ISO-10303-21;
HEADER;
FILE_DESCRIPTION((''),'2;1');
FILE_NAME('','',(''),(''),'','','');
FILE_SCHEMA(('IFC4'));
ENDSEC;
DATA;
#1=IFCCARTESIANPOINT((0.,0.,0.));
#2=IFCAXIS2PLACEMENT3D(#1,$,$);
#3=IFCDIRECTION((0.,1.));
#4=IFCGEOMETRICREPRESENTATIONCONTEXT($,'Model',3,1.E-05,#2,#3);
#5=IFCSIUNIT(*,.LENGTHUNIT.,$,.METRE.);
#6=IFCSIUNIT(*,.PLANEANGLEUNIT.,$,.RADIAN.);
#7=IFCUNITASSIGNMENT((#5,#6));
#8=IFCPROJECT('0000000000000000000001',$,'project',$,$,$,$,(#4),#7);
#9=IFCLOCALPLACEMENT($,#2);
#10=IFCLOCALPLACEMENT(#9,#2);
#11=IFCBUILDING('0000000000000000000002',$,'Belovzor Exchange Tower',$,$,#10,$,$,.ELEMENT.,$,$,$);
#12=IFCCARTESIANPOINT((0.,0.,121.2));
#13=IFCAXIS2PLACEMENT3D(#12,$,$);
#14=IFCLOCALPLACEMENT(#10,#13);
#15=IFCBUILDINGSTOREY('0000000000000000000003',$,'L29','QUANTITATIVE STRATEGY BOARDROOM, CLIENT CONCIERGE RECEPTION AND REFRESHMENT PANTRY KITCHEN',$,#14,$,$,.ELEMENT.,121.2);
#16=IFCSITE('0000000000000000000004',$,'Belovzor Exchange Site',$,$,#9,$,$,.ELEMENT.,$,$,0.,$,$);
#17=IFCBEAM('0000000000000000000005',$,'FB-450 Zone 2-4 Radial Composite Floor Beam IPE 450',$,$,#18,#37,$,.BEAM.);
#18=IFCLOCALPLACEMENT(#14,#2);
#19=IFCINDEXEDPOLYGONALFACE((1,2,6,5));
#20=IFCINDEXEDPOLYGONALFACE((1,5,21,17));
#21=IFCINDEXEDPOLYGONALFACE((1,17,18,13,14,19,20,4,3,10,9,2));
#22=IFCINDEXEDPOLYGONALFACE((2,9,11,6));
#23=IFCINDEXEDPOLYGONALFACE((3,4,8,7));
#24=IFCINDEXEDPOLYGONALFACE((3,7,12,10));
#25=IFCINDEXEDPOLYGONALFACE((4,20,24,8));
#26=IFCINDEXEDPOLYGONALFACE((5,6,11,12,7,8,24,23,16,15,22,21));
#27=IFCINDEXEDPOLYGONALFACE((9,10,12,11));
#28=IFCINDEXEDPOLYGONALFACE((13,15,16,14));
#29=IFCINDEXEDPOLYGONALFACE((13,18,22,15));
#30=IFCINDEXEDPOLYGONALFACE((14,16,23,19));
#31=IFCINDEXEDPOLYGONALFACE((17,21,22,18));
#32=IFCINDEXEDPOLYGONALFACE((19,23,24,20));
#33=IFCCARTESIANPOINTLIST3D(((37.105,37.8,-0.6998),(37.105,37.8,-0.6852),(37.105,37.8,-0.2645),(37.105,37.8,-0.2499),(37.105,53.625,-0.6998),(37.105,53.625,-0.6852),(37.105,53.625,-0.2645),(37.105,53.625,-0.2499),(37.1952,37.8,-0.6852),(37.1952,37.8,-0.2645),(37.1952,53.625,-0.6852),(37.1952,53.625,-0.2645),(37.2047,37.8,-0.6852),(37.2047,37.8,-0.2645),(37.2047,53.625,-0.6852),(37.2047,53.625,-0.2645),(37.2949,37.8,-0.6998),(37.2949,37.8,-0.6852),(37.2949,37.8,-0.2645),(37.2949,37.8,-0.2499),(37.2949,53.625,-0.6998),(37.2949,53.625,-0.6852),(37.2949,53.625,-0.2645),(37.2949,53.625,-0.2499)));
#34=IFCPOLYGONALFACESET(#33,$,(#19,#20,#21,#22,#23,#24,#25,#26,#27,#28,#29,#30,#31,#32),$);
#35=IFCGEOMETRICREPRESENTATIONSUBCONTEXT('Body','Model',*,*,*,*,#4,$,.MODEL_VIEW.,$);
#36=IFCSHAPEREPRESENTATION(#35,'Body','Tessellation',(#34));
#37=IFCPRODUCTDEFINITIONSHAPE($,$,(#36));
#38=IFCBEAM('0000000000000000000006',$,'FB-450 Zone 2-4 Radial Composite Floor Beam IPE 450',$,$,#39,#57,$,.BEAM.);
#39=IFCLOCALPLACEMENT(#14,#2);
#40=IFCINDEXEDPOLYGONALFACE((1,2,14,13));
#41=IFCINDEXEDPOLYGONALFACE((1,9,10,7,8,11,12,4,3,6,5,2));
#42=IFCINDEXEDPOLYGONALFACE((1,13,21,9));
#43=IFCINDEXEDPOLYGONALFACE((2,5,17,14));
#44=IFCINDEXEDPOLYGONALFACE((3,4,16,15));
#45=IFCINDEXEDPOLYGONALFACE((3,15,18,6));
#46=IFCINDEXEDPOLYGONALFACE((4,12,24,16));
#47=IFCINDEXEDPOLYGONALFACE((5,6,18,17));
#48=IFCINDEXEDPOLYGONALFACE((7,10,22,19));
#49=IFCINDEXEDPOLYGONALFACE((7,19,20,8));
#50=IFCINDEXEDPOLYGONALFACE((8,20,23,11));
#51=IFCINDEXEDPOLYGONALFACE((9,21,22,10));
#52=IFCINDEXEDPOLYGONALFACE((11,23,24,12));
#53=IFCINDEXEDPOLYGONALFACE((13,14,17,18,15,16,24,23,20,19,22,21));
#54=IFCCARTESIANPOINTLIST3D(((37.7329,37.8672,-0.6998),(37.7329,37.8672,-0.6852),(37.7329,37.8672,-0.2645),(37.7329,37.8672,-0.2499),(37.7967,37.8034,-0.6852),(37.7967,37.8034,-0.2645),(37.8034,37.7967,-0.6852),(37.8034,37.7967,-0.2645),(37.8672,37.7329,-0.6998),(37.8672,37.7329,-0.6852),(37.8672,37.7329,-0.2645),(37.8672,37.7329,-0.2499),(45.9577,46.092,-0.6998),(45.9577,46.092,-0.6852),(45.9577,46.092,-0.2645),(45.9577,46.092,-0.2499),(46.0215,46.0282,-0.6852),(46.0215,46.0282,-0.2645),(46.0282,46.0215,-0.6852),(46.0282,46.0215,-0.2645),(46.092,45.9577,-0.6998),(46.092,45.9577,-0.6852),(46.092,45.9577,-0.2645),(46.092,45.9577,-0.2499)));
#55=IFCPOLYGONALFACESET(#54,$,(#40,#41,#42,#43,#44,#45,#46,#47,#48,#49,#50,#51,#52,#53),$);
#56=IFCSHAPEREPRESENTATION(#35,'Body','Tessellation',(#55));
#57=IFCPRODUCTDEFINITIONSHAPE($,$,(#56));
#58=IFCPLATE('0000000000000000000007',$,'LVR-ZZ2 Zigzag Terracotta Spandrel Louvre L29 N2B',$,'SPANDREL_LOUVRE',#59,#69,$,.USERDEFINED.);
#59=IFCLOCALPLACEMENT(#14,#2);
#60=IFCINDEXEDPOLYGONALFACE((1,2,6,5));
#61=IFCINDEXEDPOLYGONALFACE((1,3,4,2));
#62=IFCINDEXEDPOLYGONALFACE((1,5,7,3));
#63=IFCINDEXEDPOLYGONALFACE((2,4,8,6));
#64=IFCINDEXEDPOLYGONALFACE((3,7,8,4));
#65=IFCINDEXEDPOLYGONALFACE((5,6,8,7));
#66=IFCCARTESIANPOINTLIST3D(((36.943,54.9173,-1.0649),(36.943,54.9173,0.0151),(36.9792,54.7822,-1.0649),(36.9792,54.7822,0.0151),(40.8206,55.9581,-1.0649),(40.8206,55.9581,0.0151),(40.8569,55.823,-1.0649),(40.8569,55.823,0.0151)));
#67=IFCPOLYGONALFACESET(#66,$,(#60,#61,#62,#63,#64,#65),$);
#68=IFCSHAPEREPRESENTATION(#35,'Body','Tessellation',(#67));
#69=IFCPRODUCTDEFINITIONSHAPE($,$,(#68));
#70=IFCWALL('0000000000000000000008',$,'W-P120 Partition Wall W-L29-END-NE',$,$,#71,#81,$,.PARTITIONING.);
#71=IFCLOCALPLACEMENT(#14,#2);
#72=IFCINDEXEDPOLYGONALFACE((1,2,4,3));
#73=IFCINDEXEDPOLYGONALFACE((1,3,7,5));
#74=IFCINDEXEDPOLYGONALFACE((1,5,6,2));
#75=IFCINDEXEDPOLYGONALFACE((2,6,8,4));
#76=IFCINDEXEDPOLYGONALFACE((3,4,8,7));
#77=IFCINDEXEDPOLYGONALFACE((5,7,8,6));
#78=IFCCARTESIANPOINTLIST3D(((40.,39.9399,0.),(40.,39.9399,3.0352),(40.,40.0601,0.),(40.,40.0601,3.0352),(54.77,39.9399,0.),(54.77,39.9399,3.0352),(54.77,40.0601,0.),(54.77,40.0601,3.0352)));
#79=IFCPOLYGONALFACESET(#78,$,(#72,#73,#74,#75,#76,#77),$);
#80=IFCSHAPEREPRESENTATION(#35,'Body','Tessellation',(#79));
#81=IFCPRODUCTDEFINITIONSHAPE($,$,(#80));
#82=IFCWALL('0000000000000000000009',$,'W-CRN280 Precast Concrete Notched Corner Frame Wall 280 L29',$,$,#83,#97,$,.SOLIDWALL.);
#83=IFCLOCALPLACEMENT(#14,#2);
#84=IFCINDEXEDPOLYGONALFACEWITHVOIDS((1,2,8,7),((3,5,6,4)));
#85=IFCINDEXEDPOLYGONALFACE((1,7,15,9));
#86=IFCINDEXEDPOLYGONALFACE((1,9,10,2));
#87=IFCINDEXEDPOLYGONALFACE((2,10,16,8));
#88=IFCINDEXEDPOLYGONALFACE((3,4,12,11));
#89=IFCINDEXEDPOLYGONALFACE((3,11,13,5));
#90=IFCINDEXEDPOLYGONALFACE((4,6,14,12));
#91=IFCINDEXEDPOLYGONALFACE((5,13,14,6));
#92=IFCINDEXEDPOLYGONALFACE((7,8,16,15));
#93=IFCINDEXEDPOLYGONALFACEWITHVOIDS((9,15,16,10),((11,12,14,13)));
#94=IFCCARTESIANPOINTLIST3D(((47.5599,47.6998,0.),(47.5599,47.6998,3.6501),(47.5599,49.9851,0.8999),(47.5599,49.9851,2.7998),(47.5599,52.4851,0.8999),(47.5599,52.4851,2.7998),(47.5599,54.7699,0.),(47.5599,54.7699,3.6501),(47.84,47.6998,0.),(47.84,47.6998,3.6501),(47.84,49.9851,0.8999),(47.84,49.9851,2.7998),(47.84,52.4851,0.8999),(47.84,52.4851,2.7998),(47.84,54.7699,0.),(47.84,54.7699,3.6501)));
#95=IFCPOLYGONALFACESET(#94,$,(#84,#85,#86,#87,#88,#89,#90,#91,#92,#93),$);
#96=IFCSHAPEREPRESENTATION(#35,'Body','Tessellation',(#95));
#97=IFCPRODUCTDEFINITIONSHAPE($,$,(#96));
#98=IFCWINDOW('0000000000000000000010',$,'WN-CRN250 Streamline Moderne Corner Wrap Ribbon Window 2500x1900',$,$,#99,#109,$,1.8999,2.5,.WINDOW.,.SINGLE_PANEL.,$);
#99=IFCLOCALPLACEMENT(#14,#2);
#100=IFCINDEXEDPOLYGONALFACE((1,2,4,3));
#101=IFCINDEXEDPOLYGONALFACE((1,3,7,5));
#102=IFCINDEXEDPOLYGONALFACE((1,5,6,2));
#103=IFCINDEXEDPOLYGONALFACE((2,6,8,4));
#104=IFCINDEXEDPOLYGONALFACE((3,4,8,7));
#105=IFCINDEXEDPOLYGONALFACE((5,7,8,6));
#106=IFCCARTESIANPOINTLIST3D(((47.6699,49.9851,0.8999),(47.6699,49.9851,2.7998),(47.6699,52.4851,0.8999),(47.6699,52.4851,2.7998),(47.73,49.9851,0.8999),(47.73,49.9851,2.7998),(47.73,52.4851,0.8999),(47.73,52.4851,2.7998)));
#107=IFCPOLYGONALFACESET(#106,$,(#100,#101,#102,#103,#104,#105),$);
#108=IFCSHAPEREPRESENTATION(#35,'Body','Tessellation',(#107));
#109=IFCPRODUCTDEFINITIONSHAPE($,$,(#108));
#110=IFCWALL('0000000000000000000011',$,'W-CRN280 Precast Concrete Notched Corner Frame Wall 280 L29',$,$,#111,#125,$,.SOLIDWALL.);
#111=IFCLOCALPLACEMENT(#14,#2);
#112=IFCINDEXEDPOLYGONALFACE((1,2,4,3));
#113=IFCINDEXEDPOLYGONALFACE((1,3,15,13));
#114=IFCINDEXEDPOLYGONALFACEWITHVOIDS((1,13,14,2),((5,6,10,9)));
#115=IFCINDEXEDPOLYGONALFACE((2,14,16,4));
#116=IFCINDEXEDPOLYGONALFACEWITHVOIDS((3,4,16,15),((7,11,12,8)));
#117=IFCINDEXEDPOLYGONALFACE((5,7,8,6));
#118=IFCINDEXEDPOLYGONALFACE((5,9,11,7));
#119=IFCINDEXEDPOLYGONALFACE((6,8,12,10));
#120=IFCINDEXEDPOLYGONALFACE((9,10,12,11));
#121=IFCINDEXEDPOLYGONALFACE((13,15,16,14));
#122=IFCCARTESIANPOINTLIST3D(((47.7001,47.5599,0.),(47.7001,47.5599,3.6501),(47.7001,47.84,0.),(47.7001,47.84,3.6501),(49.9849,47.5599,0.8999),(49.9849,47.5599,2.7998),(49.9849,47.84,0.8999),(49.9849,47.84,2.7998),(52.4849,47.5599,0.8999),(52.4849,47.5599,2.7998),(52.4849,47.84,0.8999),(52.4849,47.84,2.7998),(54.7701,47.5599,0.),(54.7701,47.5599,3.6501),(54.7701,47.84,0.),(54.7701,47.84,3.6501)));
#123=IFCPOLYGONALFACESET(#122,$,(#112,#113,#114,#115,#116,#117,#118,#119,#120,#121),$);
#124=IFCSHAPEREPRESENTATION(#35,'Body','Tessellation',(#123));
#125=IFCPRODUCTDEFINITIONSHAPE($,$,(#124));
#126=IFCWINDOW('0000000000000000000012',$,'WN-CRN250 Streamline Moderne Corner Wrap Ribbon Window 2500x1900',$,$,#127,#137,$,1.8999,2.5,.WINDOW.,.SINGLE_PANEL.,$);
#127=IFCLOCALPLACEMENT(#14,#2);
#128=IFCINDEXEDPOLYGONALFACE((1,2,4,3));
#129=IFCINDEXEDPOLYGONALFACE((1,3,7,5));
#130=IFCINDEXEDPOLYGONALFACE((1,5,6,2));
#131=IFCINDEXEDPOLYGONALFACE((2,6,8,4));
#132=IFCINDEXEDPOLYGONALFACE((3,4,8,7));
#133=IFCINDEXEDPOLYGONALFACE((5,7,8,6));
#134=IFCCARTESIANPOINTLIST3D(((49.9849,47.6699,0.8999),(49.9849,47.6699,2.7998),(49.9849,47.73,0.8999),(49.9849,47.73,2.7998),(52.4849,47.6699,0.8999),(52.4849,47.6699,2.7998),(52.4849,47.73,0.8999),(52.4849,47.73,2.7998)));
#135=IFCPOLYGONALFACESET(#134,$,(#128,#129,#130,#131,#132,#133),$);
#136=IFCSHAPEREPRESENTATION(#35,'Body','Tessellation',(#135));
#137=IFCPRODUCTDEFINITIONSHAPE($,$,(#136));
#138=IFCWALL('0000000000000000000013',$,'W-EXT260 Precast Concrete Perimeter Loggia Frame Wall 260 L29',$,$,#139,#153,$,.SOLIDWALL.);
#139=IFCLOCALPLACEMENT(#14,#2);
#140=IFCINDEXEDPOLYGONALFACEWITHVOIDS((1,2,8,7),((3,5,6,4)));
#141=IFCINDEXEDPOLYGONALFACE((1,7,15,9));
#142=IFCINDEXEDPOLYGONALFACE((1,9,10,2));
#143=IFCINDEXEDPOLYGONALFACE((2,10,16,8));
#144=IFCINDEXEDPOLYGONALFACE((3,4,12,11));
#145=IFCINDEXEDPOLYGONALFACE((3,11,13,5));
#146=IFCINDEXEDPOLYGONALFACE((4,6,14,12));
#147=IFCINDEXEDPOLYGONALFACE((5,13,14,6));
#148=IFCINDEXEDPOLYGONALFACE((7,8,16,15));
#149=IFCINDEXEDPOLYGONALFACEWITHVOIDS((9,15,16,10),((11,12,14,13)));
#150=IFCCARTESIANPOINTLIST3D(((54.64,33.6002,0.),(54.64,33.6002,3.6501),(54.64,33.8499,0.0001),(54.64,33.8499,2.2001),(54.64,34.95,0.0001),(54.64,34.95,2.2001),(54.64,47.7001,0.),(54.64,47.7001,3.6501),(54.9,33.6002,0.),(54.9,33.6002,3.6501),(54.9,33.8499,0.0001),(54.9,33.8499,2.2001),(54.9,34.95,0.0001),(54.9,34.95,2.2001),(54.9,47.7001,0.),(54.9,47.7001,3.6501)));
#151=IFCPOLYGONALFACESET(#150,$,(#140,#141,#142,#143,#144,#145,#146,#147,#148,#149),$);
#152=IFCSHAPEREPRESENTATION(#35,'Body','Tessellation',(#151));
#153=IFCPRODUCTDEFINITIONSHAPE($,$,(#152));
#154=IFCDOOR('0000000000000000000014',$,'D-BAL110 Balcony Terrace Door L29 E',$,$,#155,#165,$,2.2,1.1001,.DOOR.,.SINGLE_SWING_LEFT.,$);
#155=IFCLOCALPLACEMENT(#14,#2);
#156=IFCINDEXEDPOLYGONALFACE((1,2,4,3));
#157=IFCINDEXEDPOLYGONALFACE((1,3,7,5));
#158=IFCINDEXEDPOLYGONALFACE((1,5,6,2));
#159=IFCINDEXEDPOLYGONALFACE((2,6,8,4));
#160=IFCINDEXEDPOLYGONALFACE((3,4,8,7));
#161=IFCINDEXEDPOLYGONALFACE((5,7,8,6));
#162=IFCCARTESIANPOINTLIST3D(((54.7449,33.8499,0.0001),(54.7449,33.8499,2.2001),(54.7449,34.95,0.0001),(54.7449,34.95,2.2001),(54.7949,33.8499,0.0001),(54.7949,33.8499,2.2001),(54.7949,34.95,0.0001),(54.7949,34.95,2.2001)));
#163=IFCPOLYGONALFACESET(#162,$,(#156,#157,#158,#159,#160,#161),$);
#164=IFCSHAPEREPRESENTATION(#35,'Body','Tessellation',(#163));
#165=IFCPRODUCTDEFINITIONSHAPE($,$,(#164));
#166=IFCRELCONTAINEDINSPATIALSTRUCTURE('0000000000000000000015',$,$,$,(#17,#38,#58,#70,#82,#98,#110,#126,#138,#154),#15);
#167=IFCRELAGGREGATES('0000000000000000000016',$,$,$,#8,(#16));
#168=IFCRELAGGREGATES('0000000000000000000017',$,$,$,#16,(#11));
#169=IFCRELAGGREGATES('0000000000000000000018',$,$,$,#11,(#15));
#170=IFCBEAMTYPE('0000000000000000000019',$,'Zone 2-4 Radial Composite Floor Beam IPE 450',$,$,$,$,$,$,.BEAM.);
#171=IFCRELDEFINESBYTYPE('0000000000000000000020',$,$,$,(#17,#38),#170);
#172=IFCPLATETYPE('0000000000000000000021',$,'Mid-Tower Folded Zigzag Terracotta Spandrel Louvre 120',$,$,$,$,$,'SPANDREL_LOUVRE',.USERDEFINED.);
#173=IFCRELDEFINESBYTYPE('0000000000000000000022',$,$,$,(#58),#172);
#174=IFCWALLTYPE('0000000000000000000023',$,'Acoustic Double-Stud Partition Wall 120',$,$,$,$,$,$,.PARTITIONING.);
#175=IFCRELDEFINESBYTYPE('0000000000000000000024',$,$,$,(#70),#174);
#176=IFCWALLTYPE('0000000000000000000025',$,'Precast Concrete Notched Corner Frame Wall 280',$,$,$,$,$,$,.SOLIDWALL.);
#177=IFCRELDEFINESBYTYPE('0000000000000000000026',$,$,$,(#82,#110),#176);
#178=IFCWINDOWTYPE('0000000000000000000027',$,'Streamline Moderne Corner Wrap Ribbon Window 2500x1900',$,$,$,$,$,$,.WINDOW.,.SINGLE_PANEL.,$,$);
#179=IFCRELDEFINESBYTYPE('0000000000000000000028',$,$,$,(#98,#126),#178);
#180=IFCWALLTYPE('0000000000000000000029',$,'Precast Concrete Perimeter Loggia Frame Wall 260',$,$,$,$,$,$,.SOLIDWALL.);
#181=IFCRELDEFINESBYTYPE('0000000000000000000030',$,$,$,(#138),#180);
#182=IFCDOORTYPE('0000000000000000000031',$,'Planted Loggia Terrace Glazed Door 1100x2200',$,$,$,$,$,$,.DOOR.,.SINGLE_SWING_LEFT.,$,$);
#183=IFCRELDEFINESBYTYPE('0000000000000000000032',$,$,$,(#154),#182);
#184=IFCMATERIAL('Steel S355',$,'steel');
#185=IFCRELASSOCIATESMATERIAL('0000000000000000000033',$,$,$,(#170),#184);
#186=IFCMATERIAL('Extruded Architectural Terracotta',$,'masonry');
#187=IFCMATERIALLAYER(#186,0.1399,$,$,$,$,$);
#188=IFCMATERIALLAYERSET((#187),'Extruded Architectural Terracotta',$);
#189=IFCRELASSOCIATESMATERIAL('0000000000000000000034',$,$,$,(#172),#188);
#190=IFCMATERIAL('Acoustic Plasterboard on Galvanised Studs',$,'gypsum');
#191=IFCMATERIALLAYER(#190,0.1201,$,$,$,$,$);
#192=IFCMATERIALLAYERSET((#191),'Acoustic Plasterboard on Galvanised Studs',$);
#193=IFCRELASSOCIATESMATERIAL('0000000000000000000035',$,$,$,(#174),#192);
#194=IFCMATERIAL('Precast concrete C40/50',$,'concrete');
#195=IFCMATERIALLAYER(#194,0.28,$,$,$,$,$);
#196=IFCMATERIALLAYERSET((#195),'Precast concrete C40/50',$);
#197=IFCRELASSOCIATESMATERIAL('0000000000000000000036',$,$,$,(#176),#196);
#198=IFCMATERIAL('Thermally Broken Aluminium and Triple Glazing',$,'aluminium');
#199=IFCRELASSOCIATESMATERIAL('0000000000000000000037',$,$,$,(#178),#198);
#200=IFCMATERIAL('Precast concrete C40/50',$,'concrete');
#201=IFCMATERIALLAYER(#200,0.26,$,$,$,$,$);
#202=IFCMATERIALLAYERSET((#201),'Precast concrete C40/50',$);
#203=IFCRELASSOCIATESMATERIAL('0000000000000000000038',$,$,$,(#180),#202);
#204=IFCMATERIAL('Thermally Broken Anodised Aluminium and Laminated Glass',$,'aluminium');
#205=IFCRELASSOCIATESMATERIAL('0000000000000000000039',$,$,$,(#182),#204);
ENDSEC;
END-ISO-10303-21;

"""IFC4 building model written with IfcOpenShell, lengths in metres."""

from ifc_helpers import new_model, si_unit, direction, frame, frame_2d, origin, origin_2d, place, context, subcontext, project, spatial, rectangle, i_section, extrude, material, layer, layer_set, material_profile, profile_set, type_object, element, fill, save


model = new_model("IFC4")

# Units and contexts
model_context = context("Model", 3, precision=1e-05, world=origin(), true_north=direction((0.0, 1.0)))
body_context = subcontext(model_context, "Body", "Model", "MODEL_VIEW")
ifc_project = project(units=[si_unit("LENGTHUNIT", "METRE"), si_unit("PLANEANGLEUNIT", "RADIAN")], contexts=[model_context])

# Site, building, storey
site_placement = place(None, origin())
site = spatial("IfcSite", under=ifc_project, at=site_placement, Name="Belovzor Exchange Site", CompositionType="ELEMENT", RefElevation=0.0)
building_placement = place(site_placement, origin())
building = spatial("IfcBuilding", under=site, at=building_placement, Name="Belovzor Exchange Tower", CompositionType="ELEMENT")
storey_placement = place(building_placement, frame((0.0, 0.0, 121.2)))
storey = spatial("IfcBuildingStorey", under=building, at=storey_placement, Name="L29", Description="QUANTITATIVE STRATEGY BOARDROOM, CLIENT CONCIERGE RECEPTION AND REFRESHMENT PANTRY KITCHEN", CompositionType="ELEMENT", Elevation=121.2)

# Beams
ifc_material_1 = material(Name="Steel S355", Category="steel")
ifc_material_profile_1 = material_profile(ifc_material_1, i_section(OverallWidth=0.1899, OverallDepth=0.45, WebThickness=0.0095, FlangeThickness=0.0146, at=origin_2d()))
ifc_profile_set_1 = profile_set([ifc_material_profile_1], Name="Steel S355")
beam_type_1 = type_object("IfcBeamType", Name="Zone 2-4 Radial Composite Floor Beam IPE 450", PredefinedType="BEAM", material=ifc_profile_set_1)
beam_1_placement = place(storey_placement, frame((37.2, 37.8, -0.4749), z_axis=(0.0, 1.0, 0.0), x_axis=(-1.0, 0.0, 0.0)))
element("IfcBeam", 1, at=beam_1_placement, inside=storey, type_object=beam_type_1, Name="FB-450 Zone 2-4 Radial Composite Floor Beam IPE 450", PredefinedType="BEAM", context=body_context, shape_type="SweptSolid", body=[
    extrude(i_section(OverallWidth=0.1899, OverallDepth=0.45, WebThickness=0.0095, FlangeThickness=0.0146, at=origin_2d()), origin(), (0.0, 0.0, 1.0), 15.825),
])
beam_2_placement = place(storey_placement, frame((37.8, 37.8, -0.4749), z_axis=(0.707107, 0.707107, 0.0), x_axis=(-0.707107, 0.707107, 0.0)))
element("IfcBeam", 2, at=beam_2_placement, inside=storey, type_object=beam_type_1, Name="FB-450 Zone 2-4 Radial Composite Floor Beam IPE 450", PredefinedType="BEAM", context=body_context, shape_type="SweptSolid", body=[
    extrude(i_section(OverallWidth=0.1899, OverallDepth=0.45, WebThickness=0.0095, FlangeThickness=0.0146, at=origin_2d()), origin(), (0.0, 0.0, 1.0), 11.6316),
])

# Plate
ifc_material_2 = material(Name="Extruded Architectural Terracotta", Category="masonry")
ifc_layer_1 = layer(ifc_material_2, 0.1399)
ifc_layer_set_1 = layer_set([ifc_layer_1], Name="Extruded Architectural Terracotta")
plate_type = type_object("IfcPlateType", Name="Mid-Tower Folded Zigzag Terracotta Spandrel Louvre 120", ElementType="SPANDREL_LOUVRE", PredefinedType="USERDEFINED", material=ifc_layer_set_1)
plate_placement = place(storey_placement, frame((38.8999, 55.3701, -1.0649), z_axis=(0.0, 0.0, 1.0), x_axis=(0.965813, 0.25924, 0.0)))
element("IfcPlate", 3, at=plate_placement, inside=storey, type_object=plate_type, Name="LVR-ZZ2 Zigzag Terracotta Spandrel Louvre L29 N2B", ObjectType="SPANDREL_LOUVRE", PredefinedType="USERDEFINED", context=body_context, shape_type="SweptSolid", body=[
    extrude(rectangle(XDim=4.0149, YDim=0.1399, at=origin_2d()), origin(), (0.0, 0.0, 1.0), 1.0801),
])

# Wall
ifc_material_3 = material(Name="Acoustic Plasterboard on Galvanised Studs", Category="gypsum")
ifc_layer_2 = layer(ifc_material_3, 0.1201)
ifc_layer_set_2 = layer_set([ifc_layer_2], Name="Acoustic Plasterboard on Galvanised Studs")
wall_type_1 = type_object("IfcWallType", Name="Acoustic Double-Stud Partition Wall 120", PredefinedType="PARTITIONING", material=ifc_layer_set_2)
wall_1_placement = place(storey_placement, frame((40.0, 40.0, 0.0), z_axis=(0.0, 0.0, 1.0), x_axis=(1.0, 0.0, 0.0)))
element("IfcWall", 4, at=wall_1_placement, inside=storey, type_object=wall_type_1, Name="W-P120 Partition Wall W-L29-END-NE", PredefinedType="PARTITIONING", context=body_context, shape_type="SweptSolid", body=[
    extrude(rectangle(XDim=14.77, YDim=0.1201, at=frame_2d((7.385, 0.0))), origin(), (0.0, 0.0, 1.0), 3.0352),
])

# Walls, openings, windows
ifc_material_4 = material(Name="Precast concrete C40/50", Category="concrete")
ifc_layer_3 = layer(ifc_material_4, 0.28)
ifc_layer_set_3 = layer_set([ifc_layer_3], Name="Precast concrete C40/50")
wall_type_2 = type_object("IfcWallType", Name="Precast Concrete Notched Corner Frame Wall 280", PredefinedType="SOLIDWALL", material=ifc_layer_set_3)
wall_2_placement = place(storey_placement, frame((47.7, 54.77, 0.0), z_axis=(0.0, 0.0, 1.0), x_axis=(0.0, -1.0, 0.0)))
wall_2 = element("IfcWall", 5, at=wall_2_placement, inside=storey, type_object=wall_type_2, Name="W-CRN280 Precast Concrete Notched Corner Frame Wall 280 L29", PredefinedType="SOLIDWALL", context=body_context, shape_type="SweptSolid", body=[
    extrude(rectangle(XDim=7.0701, YDim=0.28, at=frame_2d((3.5352, 0.0))), origin(), (0.0, 0.0, 1.0), 3.6501),
])
opening_1_placement = place(wall_2_placement, frame((2.2849, 0.0, 0.8999)))
opening_1 = element("IfcOpeningElement", 6, at=opening_1_placement, cuts=wall_2, PredefinedType="OPENING", context=body_context, shape_type="SweptSolid", body=[
    extrude(rectangle(XDim=2.5, YDim=1.8999, at=frame_2d((1.25, 0.95))), frame((0.0, 0.1499, 0.0), z_axis=(0.0, -1.0, 0.0), x_axis=(1.0, 0.0, 0.0)), (0.0, 0.0, 1.0), 0.3),
])
ifc_material_5 = material(Name="Thermally Broken Aluminium and Triple Glazing", Category="aluminium")
window_type = type_object("IfcWindowType", Name="Streamline Moderne Corner Wrap Ribbon Window 2500x1900", PartitioningType="SINGLE_PANEL", PredefinedType="WINDOW", material=ifc_material_5)
window_1_placement = place(opening_1_placement, origin())
window_1 = element("IfcWindow", 7, at=window_1_placement, inside=storey, type_object=window_type, Name="WN-CRN250 Streamline Moderne Corner Wrap Ribbon Window 2500x1900", OverallHeight=1.8999, OverallWidth=2.5, PartitioningType="SINGLE_PANEL", PredefinedType="WINDOW", context=body_context, shape_type="SweptSolid", body=[
    extrude(rectangle(XDim=2.5, YDim=1.8999, at=frame_2d((1.25, 0.95))), frame((0.0, 0.03, 0.0), z_axis=(0.0, -1.0, 0.0), x_axis=(1.0, 0.0, 0.0)), (0.0, 0.0, 1.0), 0.0601),
])
fill(opening_1, window_1)
wall_3_placement = place(storey_placement, frame((47.7, 47.7, 0.0), z_axis=(0.0, 0.0, 1.0), x_axis=(1.0, 0.0, 0.0)))
wall_3 = element("IfcWall", 8, at=wall_3_placement, inside=storey, type_object=wall_type_2, Name="W-CRN280 Precast Concrete Notched Corner Frame Wall 280 L29", PredefinedType="SOLIDWALL", context=body_context, shape_type="SweptSolid", body=[
    extrude(rectangle(XDim=7.0701, YDim=0.28, at=frame_2d((3.5352, 0.0))), origin(), (0.0, 0.0, 1.0), 3.6501),
])
opening_2_placement = place(wall_3_placement, frame((2.2849, 0.0, 0.8999)))
opening_2 = element("IfcOpeningElement", 9, at=opening_2_placement, cuts=wall_3, PredefinedType="OPENING", context=body_context, shape_type="SweptSolid", body=[
    extrude(rectangle(XDim=2.5, YDim=1.8999, at=frame_2d((1.25, 0.95))), frame((0.0, 0.1499, 0.0), z_axis=(0.0, -1.0, 0.0), x_axis=(1.0, 0.0, 0.0)), (0.0, 0.0, 1.0), 0.3),
])
window_2_placement = place(opening_2_placement, origin())
window_2 = element("IfcWindow", 10, at=window_2_placement, inside=storey, type_object=window_type, Name="WN-CRN250 Streamline Moderne Corner Wrap Ribbon Window 2500x1900", OverallHeight=1.8999, OverallWidth=2.5, PartitioningType="SINGLE_PANEL", PredefinedType="WINDOW", context=body_context, shape_type="SweptSolid", body=[
    extrude(rectangle(XDim=2.5, YDim=1.8999, at=frame_2d((1.25, 0.95))), frame((0.0, 0.03, 0.0), z_axis=(0.0, -1.0, 0.0), x_axis=(1.0, 0.0, 0.0)), (0.0, 0.0, 1.0), 0.0601),
])
fill(opening_2, window_2)

# Wall, opening, door
ifc_material_6 = material(Name="Precast concrete C40/50", Category="concrete")
ifc_layer_4 = layer(ifc_material_6, 0.26)
ifc_layer_set_4 = layer_set([ifc_layer_4], Name="Precast concrete C40/50")
wall_type_3 = type_object("IfcWallType", Name="Precast Concrete Perimeter Loggia Frame Wall 260", PredefinedType="SOLIDWALL", material=ifc_layer_set_4)
wall_4_placement = place(storey_placement, frame((54.77, 47.7, 0.0), z_axis=(0.0, 0.0, 1.0), x_axis=(0.0, -1.0, 0.0)))
wall_4 = element("IfcWall", 11, at=wall_4_placement, inside=storey, type_object=wall_type_3, Name="W-EXT260 Precast Concrete Perimeter Loggia Frame Wall 260 L29", PredefinedType="SOLIDWALL", context=body_context, shape_type="SweptSolid", body=[
    extrude(rectangle(XDim=14.0999, YDim=0.26, at=frame_2d((7.0498, 0.0))), origin(), (0.0, 0.0, 1.0), 3.6501),
])
opening_3_placement = place(wall_4_placement, frame((12.75, 0.0, 0.0)))
opening_3 = element("IfcOpeningElement", 12, at=opening_3_placement, cuts=wall_4, PredefinedType="OPENING", context=body_context, shape_type="SweptSolid", body=[
    extrude(rectangle(XDim=1.1001, YDim=2.2, at=frame_2d((0.55, 1.1001))), frame((0.0, 0.1399, 0.0), z_axis=(0.0, -1.0, 0.0), x_axis=(1.0, 0.0, 0.0)), (0.0, 0.0, 1.0), 0.28),
])
ifc_material_7 = material(Name="Thermally Broken Anodised Aluminium and Laminated Glass", Category="aluminium")
door_type = type_object("IfcDoorType", Name="Planted Loggia Terrace Glazed Door 1100x2200", OperationType="SINGLE_SWING_LEFT", PredefinedType="DOOR", material=ifc_material_7)
door_placement = place(opening_3_placement, origin())
door = element("IfcDoor", 13, at=door_placement, inside=storey, type_object=door_type, Name="D-BAL110 Balcony Terrace Door L29 E", OperationType="SINGLE_SWING_LEFT", OverallHeight=2.2, OverallWidth=1.1001, PredefinedType="DOOR", context=body_context, shape_type="SweptSolid", body=[
    extrude(rectangle(XDim=1.1001, YDim=2.2, at=frame_2d((0.55, 1.1001))), frame((0.0, 0.0249, 0.0), z_axis=(0.0, -1.0, 0.0), x_axis=(1.0, 0.0, 0.0)), (0.0, 0.0, 1.0), 0.05),
])
fill(opening_3, door)

save(model, "model.ifc")
